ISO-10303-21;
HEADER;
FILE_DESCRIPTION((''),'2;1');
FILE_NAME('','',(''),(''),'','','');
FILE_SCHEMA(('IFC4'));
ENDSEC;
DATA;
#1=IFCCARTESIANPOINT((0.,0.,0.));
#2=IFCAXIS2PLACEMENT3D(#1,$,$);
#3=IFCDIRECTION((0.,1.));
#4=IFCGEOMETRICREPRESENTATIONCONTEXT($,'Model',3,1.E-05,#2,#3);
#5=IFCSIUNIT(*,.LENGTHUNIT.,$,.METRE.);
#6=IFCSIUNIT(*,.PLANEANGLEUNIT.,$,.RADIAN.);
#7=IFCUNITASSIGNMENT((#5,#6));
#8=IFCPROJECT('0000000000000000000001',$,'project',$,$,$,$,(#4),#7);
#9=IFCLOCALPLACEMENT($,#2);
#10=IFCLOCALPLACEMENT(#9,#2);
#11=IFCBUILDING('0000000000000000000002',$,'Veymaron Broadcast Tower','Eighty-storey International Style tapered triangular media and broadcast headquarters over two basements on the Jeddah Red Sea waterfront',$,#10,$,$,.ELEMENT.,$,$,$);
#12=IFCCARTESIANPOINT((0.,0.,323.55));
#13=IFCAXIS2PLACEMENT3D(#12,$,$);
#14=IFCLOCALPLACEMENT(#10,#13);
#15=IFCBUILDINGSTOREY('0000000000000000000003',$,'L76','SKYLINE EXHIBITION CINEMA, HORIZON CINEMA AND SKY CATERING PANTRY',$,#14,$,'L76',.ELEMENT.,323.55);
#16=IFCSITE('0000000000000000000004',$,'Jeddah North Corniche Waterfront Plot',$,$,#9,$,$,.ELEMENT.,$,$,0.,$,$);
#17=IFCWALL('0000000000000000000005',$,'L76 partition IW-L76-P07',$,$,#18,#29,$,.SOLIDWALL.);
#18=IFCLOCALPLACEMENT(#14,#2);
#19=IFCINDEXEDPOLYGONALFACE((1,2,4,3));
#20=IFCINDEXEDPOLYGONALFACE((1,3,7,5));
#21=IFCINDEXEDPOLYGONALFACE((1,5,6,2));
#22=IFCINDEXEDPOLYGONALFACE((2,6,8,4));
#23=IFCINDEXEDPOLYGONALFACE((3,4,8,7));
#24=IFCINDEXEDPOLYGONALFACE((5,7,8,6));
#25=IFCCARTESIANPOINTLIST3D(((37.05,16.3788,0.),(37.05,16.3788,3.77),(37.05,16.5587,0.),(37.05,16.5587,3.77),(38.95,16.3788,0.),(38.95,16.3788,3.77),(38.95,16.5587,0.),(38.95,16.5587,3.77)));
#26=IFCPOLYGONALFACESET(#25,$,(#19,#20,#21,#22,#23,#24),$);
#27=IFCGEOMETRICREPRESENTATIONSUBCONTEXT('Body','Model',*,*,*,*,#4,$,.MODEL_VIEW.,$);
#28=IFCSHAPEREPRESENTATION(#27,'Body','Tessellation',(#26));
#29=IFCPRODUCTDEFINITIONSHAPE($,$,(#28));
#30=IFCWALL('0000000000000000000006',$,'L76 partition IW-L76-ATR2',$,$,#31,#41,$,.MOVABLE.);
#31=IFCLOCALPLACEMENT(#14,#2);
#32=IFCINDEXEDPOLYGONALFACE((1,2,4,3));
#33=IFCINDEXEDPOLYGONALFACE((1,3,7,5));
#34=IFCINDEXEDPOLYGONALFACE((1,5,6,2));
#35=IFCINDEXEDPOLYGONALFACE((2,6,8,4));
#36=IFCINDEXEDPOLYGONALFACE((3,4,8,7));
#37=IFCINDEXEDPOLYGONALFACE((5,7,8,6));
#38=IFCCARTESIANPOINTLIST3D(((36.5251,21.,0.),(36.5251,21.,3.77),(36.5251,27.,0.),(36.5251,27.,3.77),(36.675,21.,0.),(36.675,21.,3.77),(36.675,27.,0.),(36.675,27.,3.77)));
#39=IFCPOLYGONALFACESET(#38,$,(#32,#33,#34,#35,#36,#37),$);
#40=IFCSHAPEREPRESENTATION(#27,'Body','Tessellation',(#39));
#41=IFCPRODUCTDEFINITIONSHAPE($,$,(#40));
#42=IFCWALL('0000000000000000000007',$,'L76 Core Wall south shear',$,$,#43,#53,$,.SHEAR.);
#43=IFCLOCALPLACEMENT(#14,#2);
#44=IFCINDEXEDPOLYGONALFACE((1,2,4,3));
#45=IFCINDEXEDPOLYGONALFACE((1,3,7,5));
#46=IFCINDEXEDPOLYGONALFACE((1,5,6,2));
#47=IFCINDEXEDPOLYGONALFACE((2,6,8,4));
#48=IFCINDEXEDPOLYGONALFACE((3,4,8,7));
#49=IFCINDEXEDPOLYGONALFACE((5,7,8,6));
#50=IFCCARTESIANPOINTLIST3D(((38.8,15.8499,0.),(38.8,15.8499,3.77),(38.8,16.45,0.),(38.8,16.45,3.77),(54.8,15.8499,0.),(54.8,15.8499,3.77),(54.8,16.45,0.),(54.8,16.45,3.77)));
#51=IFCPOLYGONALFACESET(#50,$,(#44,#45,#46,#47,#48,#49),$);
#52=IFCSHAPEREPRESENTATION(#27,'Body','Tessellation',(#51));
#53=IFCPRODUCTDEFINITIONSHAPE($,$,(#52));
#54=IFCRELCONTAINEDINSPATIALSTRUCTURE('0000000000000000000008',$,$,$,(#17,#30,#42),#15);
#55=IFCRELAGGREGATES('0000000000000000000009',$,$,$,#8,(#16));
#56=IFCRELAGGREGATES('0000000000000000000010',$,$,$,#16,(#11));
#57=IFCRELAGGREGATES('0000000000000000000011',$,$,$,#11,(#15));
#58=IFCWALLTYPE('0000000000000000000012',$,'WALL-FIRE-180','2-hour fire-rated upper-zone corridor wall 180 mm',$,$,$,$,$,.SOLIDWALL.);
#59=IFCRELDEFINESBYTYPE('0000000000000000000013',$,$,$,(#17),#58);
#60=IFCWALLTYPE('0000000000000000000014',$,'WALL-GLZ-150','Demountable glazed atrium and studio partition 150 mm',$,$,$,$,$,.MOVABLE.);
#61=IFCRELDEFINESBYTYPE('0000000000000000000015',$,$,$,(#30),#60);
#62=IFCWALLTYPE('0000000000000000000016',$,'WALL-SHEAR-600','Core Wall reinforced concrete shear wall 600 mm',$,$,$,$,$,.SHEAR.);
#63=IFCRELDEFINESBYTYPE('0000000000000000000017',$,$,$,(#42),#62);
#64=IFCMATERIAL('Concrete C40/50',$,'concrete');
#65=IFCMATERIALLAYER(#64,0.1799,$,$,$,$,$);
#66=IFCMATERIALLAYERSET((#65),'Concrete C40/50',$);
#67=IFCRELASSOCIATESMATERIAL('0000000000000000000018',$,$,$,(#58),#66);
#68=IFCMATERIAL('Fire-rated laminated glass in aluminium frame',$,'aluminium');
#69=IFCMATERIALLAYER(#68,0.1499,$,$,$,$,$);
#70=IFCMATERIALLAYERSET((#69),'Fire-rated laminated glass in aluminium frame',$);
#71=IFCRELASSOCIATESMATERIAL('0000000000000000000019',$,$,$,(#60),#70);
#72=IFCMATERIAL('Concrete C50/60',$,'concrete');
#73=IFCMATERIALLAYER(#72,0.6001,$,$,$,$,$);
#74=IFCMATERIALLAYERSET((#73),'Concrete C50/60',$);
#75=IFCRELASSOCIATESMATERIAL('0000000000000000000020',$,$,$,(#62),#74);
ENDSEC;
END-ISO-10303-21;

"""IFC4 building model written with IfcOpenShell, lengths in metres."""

from ifc_helpers import new_model, si_unit, direction, frame, frame_2d, origin, place, context, subcontext, project, spatial, rectangle, extrude, material, layer, layer_set, type_object, element, save


model = new_model("IFC4")

# Units and contexts
model_context = context("Model", 3, precision=1e-05, world=origin(), true_north=direction((0.0, 1.0)))
body_context = subcontext(model_context, "Body", "Model", "MODEL_VIEW")
ifc_project = project(units=[si_unit("LENGTHUNIT", "METRE"), si_unit("PLANEANGLEUNIT", "RADIAN")], contexts=[model_context])

# Site, building, storey
site_placement = place(None, origin())
site = spatial("IfcSite", under=ifc_project, at=site_placement, Name="Jeddah North Corniche Waterfront Plot", CompositionType="ELEMENT", RefElevation=0.0)
building_placement = place(site_placement, origin())
building = spatial("IfcBuilding", under=site, at=building_placement, Name="Veymaron Broadcast Tower", Description="Eighty-storey International Style tapered triangular media and broadcast headquarters over two basements on the Jeddah Red Sea waterfront", CompositionType="ELEMENT")
storey_placement = place(building_placement, frame((0.0, 0.0, 323.55)))
storey = spatial("IfcBuildingStorey", under=building, at=storey_placement, Name="L76", Description="SKYLINE EXHIBITION CINEMA, HORIZON CINEMA AND SKY CATERING PANTRY", LongName="L76", CompositionType="ELEMENT", Elevation=323.55)

# Shared definitions
ifc_material_1 = material(Name="Concrete C40/50", Category="concrete")
ifc_layer_1 = layer(ifc_material_1, 0.1799)
ifc_layer_set_1 = layer_set([ifc_layer_1], Name="Concrete C40/50")
wall_type_1 = type_object("IfcWallType", Name="WALL-FIRE-180", Description="2-hour fire-rated upper-zone corridor wall 180 mm", PredefinedType="SOLIDWALL", material=ifc_layer_set_1)

# Walls
wall_1_placement = place(storey_placement, frame((37.05, 16.4688, 0.0), z_axis=(0.0, 0.0, 1.0), x_axis=(1.0, 0.0, 0.0)))
element("IfcWall", 1, at=wall_1_placement, inside=storey, type_object=wall_type_1, Name="L76 partition IW-L76-P07", PredefinedType="SOLIDWALL", context=body_context, shape_type="SweptSolid", body=[
    extrude(rectangle(XDim=1.8999, YDim=0.1799, at=frame_2d((0.95, 0.0))), origin(), (0.0, 0.0, 1.0), 3.77),
])
ifc_material_2 = material(Name="Fire-rated laminated glass in aluminium frame", Category="aluminium")
ifc_layer_2 = layer(ifc_material_2, 0.1499)
ifc_layer_set_2 = layer_set([ifc_layer_2], Name="Fire-rated laminated glass in aluminium frame")
wall_type_2 = type_object("IfcWallType", Name="WALL-GLZ-150", Description="Demountable glazed atrium and studio partition 150 mm", PredefinedType="MOVABLE", material=ifc_layer_set_2)
wall_2_placement = place(storey_placement, frame((36.6001, 21.0, 0.0), z_axis=(0.0, 0.0, 1.0), x_axis=(0.0, 1.0, 0.0)))
element("IfcWall", 2, at=wall_2_placement, inside=storey, type_object=wall_type_2, Name="L76 partition IW-L76-ATR2", PredefinedType="MOVABLE", context=body_context, shape_type="SweptSolid", body=[
    extrude(rectangle(XDim=6.0, YDim=0.1499, at=frame_2d((3.0, 0.0))), origin(), (0.0, 0.0, 1.0), 3.77),
])
ifc_material_3 = material(Name="Concrete C50/60", Category="concrete")
ifc_layer_3 = layer(ifc_material_3, 0.6001)
ifc_layer_set_3 = layer_set([ifc_layer_3], Name="Concrete C50/60")
wall_type_3 = type_object("IfcWallType", Name="WALL-SHEAR-600", Description="Core Wall reinforced concrete shear wall 600 mm", PredefinedType="SHEAR", material=ifc_layer_set_3)
wall_3_placement = place(storey_placement, frame((38.8, 16.1499, 0.0), z_axis=(0.0, 0.0, 1.0), x_axis=(1.0, 0.0, 0.0)))
element("IfcWall", 3, at=wall_3_placement, inside=storey, type_object=wall_type_3, Name="L76 Core Wall south shear", PredefinedType="SHEAR", context=body_context, shape_type="SweptSolid", body=[
    extrude(rectangle(XDim=16.0, YDim=0.6001, at=frame_2d((8.0, 0.0))), origin(), (0.0, 0.0, 1.0), 3.77),
])

save(model, "model.ifc")
